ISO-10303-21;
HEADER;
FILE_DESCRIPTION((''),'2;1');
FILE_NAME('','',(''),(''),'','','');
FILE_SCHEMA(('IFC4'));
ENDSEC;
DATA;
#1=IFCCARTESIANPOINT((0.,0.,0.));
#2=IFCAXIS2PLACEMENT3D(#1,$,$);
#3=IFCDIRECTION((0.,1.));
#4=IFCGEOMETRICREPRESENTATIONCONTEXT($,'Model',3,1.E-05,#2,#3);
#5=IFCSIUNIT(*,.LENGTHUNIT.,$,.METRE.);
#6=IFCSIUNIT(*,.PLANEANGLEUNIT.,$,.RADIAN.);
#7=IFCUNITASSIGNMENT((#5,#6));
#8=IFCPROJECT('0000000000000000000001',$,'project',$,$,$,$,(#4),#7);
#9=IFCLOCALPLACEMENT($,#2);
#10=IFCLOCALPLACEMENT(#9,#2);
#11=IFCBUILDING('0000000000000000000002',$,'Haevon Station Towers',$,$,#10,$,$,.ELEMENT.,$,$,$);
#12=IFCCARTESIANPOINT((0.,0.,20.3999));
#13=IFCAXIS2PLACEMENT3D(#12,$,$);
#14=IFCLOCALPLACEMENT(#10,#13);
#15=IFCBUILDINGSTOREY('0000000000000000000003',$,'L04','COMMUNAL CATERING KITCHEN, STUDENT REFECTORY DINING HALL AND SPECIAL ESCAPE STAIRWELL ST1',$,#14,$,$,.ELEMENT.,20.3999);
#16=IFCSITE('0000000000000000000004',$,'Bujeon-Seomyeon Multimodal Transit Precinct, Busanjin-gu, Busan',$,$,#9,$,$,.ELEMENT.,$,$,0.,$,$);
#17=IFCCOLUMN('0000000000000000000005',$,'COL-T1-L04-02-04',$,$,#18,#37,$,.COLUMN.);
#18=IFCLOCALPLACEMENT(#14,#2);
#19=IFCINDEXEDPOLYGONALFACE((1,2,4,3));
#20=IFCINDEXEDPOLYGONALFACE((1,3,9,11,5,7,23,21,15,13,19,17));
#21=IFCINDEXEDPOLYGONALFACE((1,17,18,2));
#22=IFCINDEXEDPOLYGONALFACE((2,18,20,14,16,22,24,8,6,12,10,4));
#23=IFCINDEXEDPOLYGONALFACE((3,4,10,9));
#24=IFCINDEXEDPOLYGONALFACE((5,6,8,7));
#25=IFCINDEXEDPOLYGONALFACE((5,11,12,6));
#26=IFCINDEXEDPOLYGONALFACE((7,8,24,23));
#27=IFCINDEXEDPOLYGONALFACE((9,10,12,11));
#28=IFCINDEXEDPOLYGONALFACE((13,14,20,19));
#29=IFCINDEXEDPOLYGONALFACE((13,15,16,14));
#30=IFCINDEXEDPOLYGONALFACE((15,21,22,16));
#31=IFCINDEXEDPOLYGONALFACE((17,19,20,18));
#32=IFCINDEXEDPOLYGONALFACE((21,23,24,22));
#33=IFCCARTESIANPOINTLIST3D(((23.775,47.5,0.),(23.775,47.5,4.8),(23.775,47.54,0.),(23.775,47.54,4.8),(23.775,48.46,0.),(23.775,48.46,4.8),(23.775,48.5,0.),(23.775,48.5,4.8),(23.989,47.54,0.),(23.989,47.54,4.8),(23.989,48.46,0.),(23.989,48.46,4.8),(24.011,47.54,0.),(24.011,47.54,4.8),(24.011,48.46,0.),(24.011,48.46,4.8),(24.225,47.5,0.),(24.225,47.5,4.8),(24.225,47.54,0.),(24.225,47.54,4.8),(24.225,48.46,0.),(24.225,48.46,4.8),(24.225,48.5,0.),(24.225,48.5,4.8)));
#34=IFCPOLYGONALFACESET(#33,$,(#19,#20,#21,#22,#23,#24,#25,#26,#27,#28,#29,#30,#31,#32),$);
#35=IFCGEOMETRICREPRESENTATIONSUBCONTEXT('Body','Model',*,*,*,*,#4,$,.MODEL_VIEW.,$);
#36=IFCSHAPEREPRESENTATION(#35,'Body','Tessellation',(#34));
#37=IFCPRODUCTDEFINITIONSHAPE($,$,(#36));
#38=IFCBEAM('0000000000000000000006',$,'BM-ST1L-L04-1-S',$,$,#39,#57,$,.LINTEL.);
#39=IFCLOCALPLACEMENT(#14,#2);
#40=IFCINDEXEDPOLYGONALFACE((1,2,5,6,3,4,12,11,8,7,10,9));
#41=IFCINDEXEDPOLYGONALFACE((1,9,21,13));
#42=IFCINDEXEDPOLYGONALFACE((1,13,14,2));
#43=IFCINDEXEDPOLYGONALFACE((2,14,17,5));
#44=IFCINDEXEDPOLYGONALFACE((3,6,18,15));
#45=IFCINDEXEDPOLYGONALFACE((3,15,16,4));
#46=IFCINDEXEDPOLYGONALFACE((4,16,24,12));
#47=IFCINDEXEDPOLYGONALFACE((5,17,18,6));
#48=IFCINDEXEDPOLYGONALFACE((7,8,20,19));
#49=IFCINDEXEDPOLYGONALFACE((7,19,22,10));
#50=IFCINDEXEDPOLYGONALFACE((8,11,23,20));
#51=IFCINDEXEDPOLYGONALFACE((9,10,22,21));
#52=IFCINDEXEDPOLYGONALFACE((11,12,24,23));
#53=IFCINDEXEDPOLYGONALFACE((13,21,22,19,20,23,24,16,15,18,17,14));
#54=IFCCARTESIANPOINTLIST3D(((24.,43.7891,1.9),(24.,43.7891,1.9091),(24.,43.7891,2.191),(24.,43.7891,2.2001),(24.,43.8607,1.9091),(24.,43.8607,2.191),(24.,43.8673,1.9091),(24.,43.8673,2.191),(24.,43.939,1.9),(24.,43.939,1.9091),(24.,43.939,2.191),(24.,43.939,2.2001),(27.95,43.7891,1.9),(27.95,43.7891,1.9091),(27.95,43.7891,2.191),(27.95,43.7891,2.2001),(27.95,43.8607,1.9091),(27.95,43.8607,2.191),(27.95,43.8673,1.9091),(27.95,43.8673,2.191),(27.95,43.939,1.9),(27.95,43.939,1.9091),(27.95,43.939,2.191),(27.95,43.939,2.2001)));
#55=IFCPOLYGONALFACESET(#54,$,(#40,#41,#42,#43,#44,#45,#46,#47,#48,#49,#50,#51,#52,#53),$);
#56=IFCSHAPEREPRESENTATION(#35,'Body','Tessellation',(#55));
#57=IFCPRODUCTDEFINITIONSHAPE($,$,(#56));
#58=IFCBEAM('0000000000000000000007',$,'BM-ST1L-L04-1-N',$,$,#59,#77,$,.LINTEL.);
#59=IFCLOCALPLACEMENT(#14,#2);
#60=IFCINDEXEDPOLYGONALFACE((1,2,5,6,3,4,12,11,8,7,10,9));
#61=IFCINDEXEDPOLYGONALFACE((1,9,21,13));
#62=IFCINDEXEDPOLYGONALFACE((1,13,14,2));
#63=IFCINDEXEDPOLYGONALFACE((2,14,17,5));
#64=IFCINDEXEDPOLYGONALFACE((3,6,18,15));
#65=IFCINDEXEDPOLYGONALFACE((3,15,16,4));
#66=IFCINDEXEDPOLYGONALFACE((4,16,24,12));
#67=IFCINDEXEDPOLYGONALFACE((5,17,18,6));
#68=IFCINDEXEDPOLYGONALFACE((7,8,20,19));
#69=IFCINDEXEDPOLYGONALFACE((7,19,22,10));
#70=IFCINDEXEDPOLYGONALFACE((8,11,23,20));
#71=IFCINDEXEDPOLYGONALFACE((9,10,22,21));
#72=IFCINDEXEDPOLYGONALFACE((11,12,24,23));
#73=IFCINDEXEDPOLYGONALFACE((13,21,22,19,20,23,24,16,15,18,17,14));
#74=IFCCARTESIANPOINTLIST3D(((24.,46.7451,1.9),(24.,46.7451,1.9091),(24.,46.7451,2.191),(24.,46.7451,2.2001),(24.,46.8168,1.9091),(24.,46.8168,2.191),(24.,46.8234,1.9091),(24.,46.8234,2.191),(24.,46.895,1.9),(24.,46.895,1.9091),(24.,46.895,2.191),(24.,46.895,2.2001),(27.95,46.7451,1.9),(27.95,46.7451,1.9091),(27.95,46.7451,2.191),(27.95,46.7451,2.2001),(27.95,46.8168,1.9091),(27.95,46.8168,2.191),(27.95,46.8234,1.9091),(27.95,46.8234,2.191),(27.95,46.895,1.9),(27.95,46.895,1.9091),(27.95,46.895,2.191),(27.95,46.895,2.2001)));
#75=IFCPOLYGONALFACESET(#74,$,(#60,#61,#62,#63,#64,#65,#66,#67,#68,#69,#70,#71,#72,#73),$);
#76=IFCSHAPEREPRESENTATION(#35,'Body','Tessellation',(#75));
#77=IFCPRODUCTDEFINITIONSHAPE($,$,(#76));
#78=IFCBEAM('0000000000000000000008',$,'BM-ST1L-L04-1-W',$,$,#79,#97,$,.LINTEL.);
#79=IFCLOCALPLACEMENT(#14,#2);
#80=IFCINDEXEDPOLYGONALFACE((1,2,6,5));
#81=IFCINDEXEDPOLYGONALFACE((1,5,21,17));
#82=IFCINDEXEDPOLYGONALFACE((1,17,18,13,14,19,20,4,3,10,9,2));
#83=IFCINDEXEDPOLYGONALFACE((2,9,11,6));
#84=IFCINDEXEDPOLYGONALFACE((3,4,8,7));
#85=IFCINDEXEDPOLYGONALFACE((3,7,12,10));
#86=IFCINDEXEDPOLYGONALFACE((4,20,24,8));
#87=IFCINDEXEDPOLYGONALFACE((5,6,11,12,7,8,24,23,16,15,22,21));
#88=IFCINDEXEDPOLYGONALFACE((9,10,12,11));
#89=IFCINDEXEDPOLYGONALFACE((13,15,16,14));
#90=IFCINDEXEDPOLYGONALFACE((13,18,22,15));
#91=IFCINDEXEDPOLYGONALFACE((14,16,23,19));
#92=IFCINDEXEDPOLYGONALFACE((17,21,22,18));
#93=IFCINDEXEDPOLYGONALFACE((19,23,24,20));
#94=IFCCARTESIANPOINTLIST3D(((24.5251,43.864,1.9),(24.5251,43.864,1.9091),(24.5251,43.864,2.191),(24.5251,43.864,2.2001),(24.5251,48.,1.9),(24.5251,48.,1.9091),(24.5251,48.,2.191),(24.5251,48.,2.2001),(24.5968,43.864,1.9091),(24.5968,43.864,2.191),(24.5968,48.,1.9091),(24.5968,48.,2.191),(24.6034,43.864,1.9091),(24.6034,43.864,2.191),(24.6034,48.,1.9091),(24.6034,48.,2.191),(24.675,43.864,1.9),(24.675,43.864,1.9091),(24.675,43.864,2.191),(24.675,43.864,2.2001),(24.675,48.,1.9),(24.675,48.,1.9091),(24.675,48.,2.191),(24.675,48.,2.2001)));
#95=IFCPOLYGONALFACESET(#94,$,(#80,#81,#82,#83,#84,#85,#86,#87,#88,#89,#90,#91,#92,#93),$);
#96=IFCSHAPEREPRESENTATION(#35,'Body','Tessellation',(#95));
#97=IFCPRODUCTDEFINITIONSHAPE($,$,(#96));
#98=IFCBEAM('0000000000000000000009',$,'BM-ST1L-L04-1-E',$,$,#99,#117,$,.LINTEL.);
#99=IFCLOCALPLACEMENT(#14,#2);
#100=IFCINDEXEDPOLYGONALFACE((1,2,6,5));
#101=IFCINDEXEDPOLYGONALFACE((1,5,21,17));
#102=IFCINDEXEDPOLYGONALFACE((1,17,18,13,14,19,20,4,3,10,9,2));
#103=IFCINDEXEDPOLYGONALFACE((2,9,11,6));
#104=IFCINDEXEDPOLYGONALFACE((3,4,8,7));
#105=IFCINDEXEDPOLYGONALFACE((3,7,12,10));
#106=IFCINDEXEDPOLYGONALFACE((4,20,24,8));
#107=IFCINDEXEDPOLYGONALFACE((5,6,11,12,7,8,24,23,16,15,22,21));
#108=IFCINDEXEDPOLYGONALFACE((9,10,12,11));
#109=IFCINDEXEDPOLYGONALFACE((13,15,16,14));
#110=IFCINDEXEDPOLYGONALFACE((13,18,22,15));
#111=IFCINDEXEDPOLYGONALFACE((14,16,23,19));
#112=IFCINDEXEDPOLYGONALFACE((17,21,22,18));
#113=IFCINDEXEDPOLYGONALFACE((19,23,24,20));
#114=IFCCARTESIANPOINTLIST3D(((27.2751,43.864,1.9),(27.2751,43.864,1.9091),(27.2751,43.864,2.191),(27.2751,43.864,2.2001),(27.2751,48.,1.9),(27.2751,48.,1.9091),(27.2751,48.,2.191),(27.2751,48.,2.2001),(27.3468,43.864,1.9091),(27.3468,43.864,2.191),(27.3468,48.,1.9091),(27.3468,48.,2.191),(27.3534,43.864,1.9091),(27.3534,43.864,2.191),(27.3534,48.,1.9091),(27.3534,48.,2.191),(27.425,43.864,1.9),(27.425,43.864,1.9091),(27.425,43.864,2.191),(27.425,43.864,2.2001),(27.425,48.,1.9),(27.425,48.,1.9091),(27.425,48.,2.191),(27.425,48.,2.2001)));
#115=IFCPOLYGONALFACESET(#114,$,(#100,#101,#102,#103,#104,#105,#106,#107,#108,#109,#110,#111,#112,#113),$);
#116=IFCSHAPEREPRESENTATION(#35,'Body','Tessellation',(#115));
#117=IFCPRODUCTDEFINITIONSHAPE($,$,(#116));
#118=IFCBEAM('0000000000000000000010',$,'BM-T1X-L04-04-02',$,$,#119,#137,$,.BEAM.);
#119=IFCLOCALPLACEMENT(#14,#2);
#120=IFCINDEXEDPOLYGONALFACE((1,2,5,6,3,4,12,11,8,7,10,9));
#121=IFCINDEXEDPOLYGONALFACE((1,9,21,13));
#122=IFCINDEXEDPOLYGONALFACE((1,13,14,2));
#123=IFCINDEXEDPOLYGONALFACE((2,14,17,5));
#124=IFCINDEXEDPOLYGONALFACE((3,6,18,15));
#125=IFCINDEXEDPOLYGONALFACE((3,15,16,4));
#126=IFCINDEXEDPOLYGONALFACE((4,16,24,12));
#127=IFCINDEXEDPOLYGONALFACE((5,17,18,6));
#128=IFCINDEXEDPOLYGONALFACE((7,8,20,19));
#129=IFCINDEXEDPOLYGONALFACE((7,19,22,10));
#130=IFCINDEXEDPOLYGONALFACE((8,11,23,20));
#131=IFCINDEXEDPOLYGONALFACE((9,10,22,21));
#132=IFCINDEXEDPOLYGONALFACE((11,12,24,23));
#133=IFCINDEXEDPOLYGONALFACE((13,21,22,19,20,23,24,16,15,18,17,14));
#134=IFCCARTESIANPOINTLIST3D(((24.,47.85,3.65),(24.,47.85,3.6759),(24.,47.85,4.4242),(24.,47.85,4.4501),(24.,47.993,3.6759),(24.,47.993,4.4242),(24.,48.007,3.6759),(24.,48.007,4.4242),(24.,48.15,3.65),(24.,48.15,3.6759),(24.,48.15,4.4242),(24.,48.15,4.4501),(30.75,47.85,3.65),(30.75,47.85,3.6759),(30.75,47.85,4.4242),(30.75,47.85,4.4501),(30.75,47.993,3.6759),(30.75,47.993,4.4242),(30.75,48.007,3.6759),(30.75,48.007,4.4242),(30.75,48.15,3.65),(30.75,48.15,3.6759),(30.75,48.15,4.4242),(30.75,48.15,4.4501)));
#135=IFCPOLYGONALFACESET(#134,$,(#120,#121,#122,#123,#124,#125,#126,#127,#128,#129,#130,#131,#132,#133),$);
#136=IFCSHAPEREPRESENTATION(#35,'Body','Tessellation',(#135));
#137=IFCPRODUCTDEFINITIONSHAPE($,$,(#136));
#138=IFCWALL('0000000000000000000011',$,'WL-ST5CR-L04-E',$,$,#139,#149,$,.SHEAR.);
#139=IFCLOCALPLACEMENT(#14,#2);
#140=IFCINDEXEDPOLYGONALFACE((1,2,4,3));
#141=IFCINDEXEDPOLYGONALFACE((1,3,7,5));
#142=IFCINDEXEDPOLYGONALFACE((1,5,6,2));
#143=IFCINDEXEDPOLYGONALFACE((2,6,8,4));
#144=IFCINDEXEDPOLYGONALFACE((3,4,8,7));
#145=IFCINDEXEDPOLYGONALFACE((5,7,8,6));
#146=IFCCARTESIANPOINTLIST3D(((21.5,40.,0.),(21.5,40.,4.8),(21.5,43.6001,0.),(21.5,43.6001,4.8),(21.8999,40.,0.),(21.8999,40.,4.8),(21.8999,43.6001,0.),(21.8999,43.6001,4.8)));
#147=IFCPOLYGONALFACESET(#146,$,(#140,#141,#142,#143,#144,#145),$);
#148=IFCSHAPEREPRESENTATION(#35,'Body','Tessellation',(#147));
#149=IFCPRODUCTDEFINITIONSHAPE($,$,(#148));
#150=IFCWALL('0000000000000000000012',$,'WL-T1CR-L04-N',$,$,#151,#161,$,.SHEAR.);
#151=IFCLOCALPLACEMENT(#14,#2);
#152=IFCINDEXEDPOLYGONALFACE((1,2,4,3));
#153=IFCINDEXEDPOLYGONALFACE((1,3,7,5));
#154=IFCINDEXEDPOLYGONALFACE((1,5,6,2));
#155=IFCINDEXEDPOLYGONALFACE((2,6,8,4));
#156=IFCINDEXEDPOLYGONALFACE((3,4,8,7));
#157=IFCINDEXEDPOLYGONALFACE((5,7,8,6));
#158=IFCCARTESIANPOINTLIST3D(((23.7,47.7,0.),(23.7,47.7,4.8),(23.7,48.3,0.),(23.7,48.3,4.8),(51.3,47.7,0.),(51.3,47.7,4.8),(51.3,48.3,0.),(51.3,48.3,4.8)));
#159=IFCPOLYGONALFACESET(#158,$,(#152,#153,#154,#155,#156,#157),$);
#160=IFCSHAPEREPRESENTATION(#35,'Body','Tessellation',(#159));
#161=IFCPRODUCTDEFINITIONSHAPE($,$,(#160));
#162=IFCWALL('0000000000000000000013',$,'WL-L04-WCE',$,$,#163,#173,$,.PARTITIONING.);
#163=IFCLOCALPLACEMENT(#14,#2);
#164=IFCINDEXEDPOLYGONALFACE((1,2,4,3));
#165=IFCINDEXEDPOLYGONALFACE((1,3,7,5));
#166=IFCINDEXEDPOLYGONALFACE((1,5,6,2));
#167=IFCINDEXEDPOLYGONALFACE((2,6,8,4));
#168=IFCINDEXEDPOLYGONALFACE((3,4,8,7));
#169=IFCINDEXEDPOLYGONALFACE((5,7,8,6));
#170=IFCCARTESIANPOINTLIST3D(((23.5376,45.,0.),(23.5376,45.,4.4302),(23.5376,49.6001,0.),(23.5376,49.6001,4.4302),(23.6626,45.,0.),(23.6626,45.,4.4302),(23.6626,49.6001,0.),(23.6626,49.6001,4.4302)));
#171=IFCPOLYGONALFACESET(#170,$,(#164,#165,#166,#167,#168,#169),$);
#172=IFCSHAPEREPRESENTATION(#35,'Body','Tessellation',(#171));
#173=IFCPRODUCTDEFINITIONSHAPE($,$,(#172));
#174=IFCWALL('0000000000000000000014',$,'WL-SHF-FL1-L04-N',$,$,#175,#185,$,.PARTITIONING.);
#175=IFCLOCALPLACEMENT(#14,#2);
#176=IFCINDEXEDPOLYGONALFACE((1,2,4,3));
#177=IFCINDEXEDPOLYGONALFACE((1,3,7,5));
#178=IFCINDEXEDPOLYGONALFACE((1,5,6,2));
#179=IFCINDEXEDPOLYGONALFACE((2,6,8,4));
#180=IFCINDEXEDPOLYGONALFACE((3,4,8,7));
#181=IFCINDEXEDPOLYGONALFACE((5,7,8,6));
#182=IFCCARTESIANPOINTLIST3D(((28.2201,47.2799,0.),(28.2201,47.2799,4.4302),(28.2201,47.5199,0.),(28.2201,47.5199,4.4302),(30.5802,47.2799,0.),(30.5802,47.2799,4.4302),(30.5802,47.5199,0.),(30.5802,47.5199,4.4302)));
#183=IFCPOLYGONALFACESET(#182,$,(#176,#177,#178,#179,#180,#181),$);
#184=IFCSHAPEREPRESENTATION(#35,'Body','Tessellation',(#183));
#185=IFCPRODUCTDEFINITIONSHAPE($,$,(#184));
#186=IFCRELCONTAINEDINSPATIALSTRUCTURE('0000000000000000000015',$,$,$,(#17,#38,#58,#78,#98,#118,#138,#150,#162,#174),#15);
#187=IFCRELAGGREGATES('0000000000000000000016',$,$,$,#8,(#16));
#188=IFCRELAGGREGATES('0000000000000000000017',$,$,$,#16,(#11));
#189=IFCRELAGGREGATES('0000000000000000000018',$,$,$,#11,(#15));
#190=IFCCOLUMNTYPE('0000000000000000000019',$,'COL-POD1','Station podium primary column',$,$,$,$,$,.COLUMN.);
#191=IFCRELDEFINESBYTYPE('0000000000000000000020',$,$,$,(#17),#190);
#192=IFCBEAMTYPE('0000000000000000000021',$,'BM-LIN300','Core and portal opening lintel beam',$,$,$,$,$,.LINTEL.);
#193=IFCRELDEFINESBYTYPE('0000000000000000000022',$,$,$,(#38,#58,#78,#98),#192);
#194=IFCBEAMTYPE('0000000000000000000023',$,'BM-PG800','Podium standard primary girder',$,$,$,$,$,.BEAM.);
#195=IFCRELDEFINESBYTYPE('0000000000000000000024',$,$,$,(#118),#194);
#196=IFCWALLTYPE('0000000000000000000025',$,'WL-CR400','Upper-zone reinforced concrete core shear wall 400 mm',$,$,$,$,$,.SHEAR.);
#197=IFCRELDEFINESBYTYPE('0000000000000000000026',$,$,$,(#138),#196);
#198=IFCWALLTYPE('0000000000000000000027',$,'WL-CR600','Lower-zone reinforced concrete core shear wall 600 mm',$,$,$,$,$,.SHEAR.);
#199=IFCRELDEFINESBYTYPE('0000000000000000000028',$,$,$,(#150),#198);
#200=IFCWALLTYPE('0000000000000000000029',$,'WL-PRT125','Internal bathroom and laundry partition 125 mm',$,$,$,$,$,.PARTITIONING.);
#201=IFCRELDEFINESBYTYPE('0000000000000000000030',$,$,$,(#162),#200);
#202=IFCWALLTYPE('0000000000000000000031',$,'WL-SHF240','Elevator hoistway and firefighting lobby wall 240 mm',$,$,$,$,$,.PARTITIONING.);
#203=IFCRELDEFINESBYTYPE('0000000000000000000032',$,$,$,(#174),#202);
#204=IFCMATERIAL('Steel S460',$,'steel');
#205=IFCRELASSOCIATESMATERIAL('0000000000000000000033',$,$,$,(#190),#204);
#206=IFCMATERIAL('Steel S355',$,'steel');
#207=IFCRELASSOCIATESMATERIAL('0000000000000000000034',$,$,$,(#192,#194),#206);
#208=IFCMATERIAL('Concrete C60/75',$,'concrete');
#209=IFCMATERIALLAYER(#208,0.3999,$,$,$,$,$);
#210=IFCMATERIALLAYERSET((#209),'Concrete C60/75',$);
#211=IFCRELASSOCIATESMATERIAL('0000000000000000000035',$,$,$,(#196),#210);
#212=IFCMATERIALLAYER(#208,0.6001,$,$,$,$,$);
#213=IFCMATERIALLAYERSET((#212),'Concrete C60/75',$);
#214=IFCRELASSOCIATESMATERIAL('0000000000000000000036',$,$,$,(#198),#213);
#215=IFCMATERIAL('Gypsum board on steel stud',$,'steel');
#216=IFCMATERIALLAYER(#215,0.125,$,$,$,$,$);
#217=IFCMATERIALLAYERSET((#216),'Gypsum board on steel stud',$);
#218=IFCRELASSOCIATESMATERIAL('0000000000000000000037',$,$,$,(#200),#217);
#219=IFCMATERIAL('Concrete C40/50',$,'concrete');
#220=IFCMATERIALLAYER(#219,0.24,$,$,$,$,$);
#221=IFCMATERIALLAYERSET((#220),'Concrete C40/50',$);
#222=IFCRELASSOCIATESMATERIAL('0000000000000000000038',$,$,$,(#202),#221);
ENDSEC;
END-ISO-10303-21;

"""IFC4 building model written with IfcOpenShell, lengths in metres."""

from ifc_helpers import new_model, si_unit, direction, frame, frame_2d, origin, origin_2d, place, context, subcontext, project, spatial, rectangle, i_section, extrude, material, layer, layer_set, material_profile, profile_set, type_object, element, save


model = new_model("IFC4")

# Units and contexts
model_context = context("Model", 3, precision=1e-05, world=origin(), true_north=direction((0.0, 1.0)))
body_context = subcontext(model_context, "Body", "Model", "MODEL_VIEW")
ifc_project = project(units=[si_unit("LENGTHUNIT", "METRE"), si_unit("PLANEANGLEUNIT", "RADIAN")], contexts=[model_context])

# Site, building, storey
site_placement = place(None, origin())
site = spatial("IfcSite", under=ifc_project, at=site_placement, Name="Bujeon-Seomyeon Multimodal Transit Precinct, Busanjin-gu, Busan", CompositionType="ELEMENT", RefElevation=0.0)
building_placement = place(site_placement, origin())
building = spatial("IfcBuilding", under=site, at=building_placement, Name="Haevon Station Towers", CompositionType="ELEMENT")
storey_placement = place(building_placement, frame((0.0, 0.0, 20.3999)))
storey = spatial("IfcBuildingStorey", under=building, at=storey_placement, Name="L04", Description="COMMUNAL CATERING KITCHEN, STUDENT REFECTORY DINING HALL AND SPECIAL ESCAPE STAIRWELL ST1", CompositionType="ELEMENT", Elevation=20.3999)

# Column
ifc_material_1 = material(Name="Steel S460", Category="steel")
ifc_material_profile_1 = material_profile(ifc_material_1, i_section(OverallWidth=0.45, OverallDepth=1.0, WebThickness=0.022, FlangeThickness=0.04, at=origin_2d()), Name="H-1000x450x22x40")
ifc_profile_set_1 = profile_set([ifc_material_profile_1], Name="Steel S460")
column_type = type_object("IfcColumnType", Name="COL-POD1", Description="Station podium primary column", PredefinedType="COLUMN", material=ifc_profile_set_1)
column_placement = place(storey_placement, frame((24.0, 48.0, 0.0), z_axis=(0.0, 0.0, 1.0), x_axis=(1.0, 0.0, 0.0)))
element("IfcColumn", 1, at=column_placement, inside=storey, type_object=column_type, Name="COL-T1-L04-02-04", PredefinedType="COLUMN", context=body_context, shape_type="SweptSolid", body=[
    extrude(i_section(OverallWidth=0.45, OverallDepth=1.0, WebThickness=0.022, FlangeThickness=0.04, at=origin_2d()), origin(), (0.0, 0.0, 1.0), 4.8),
])

# Beams
ifc_material_2 = material(Name="Steel S355", Category="steel")
ifc_material_profile_2 = material_profile(ifc_material_2, i_section(OverallWidth=0.1499, OverallDepth=0.3, WebThickness=0.0066, FlangeThickness=0.009, at=origin_2d()), Name="H-300x150x6.5x9")
ifc_profile_set_2 = profile_set([ifc_material_profile_2], Name="Steel S355")
beam_type_1 = type_object("IfcBeamType", Name="BM-LIN300", Description="Core and portal opening lintel beam", PredefinedType="LINTEL", material=ifc_profile_set_2)
for number, where, z_axis, x_axis, name in (
    (2, (24.0, 43.864, 2.05), (1.0, 0.0, 0.0), (0.0, 1.0, 0.0), "BM-ST1L-L04-1-S"),
    (3, (24.0, 46.8201, 2.05), (1.0, 0.0, 0.0), (0.0, 1.0, 0.0), "BM-ST1L-L04-1-N"),
):
    element("IfcBeam", number, at=place(storey_placement, frame(where, z_axis=z_axis, x_axis=x_axis)), inside=storey, type_object=beam_type_1, Name=name, PredefinedType="LINTEL", context=body_context, shape_type="SweptSolid", body=[
        extrude(i_section(OverallWidth=0.1499, OverallDepth=0.3, WebThickness=0.0066, FlangeThickness=0.009, at=origin_2d()), origin(), (0.0, 0.0, 1.0), 3.95),
    ])
for number, where, z_axis, x_axis, name in (
    (4, (24.6001, 43.864, 2.05), (0.0, 1.0, 0.0), (-1.0, 0.0, 0.0), "BM-ST1L-L04-1-W"),
    (5, (27.3501, 43.864, 2.05), (0.0, 1.0, 0.0), (-1.0, 0.0, 0.0), "BM-ST1L-L04-1-E"),
):
    element("IfcBeam", number, at=place(storey_placement, frame(where, z_axis=z_axis, x_axis=x_axis)), inside=storey, type_object=beam_type_1, Name=name, PredefinedType="LINTEL", context=body_context, shape_type="SweptSolid", body=[
        extrude(i_section(OverallWidth=0.1499, OverallDepth=0.3, WebThickness=0.0066, FlangeThickness=0.009, at=origin_2d()), origin(), (0.0, 0.0, 1.0), 4.136),
    ])
ifc_material_profile_3 = material_profile(ifc_material_2, i_section(OverallWidth=0.3, OverallDepth=0.8, WebThickness=0.0139, FlangeThickness=0.0259, at=origin_2d()), Name="H-800x300x14x26")
ifc_profile_set_3 = profile_set([ifc_material_profile_3], Name="Steel S355")
beam_type_2 = type_object("IfcBeamType", Name="BM-PG800", Description="Podium standard primary girder", PredefinedType="BEAM", material=ifc_profile_set_3)
beam_placement = place(storey_placement, frame((24.0, 48.0, 4.05), z_axis=(1.0, 0.0, 0.0), x_axis=(0.0, 1.0, 0.0)))
element("IfcBeam", 6, at=beam_placement, inside=storey, type_object=beam_type_2, Name="BM-T1X-L04-04-02", PredefinedType="BEAM", context=body_context, shape_type="SweptSolid", body=[
    extrude(i_section(OverallWidth=0.3, OverallDepth=0.8, WebThickness=0.0139, FlangeThickness=0.0259, at=origin_2d()), origin(), (0.0, 0.0, 1.0), 6.75),
])

# Walls
ifc_material_3 = material(Name="Concrete C60/75", Category="concrete")
ifc_layer_1 = layer(ifc_material_3, 0.3999)
ifc_layer_set_1 = layer_set([ifc_layer_1], Name="Concrete C60/75")
wall_type_1 = type_object("IfcWallType", Name="WL-CR400", Description="Upper-zone reinforced concrete core shear wall 400 mm", PredefinedType="SHEAR", material=ifc_layer_set_1)
wall_1_placement = place(storey_placement, frame((21.7, 40.0, 0.0), z_axis=(0.0, 0.0, 1.0), x_axis=(0.0, 1.0, 0.0)))
element("IfcWall", 7, at=wall_1_placement, inside=storey, type_object=wall_type_1, Name="WL-ST5CR-L04-E", PredefinedType="SHEAR", context=body_context, shape_type="SweptSolid", body=[
    extrude(rectangle(XDim=3.6001, YDim=0.3999, at=frame_2d((1.8, 0.0))), origin(), (0.0, 0.0, 1.0), 4.8),
])
ifc_layer_2 = layer(ifc_material_3, 0.6001)
ifc_layer_set_2 = layer_set([ifc_layer_2], Name="Concrete C60/75")
wall_type_2 = type_object("IfcWallType", Name="WL-CR600", Description="Lower-zone reinforced concrete core shear wall 600 mm", PredefinedType="SHEAR", material=ifc_layer_set_2)
wall_2_placement = place(storey_placement, frame((23.7, 48.0, 0.0), z_axis=(0.0, 0.0, 1.0), x_axis=(1.0, 0.0, 0.0)))
element("IfcWall", 8, at=wall_2_placement, inside=storey, type_object=wall_type_2, Name="WL-T1CR-L04-N", PredefinedType="SHEAR", context=body_context, shape_type="SweptSolid", body=[
    extrude(rectangle(XDim=27.6001, YDim=0.6001, at=frame_2d((13.8, 0.0))), origin(), (0.0, 0.0, 1.0), 4.8),
])
ifc_material_4 = material(Name="Gypsum board on steel stud", Category="steel")
ifc_layer_3 = layer(ifc_material_4, 0.125)
ifc_layer_set_3 = layer_set([ifc_layer_3], Name="Gypsum board on steel stud")
wall_type_3 = type_object("IfcWallType", Name="WL-PRT125", Description="Internal bathroom and laundry partition 125 mm", PredefinedType="PARTITIONING", material=ifc_layer_set_3)
wall_3_placement = place(storey_placement, frame((23.6001, 45.0, 0.0), z_axis=(0.0, 0.0, 1.0), x_axis=(0.0, 1.0, 0.0)))
element("IfcWall", 9, at=wall_3_placement, inside=storey, type_object=wall_type_3, Name="WL-L04-WCE", PredefinedType="PARTITIONING", context=body_context, shape_type="SweptSolid", body=[
    extrude(rectangle(XDim=4.6001, YDim=0.125, at=frame_2d((2.3, 0.0))), origin(), (0.0, 0.0, 1.0), 4.4302),
])

# Shared definitions
ifc_material_5 = material(Name="Concrete C40/50", Category="concrete")
ifc_layer_4 = layer(ifc_material_5, 0.24)
ifc_layer_set_4 = layer_set([ifc_layer_4], Name="Concrete C40/50")
wall_type_4 = type_object("IfcWallType", Name="WL-SHF240", Description="Elevator hoistway and firefighting lobby wall 240 mm", PredefinedType="PARTITIONING", material=ifc_layer_set_4)

# Wall
wall_4_placement = place(storey_placement, frame((28.22, 47.3999, 0.0), z_axis=(0.0, 0.0, 1.0), x_axis=(1.0, 0.0, 0.0)))
element("IfcWall", 10, at=wall_4_placement, inside=storey, type_object=wall_type_4, Name="WL-SHF-FL1-L04-N", PredefinedType="PARTITIONING", context=body_context, shape_type="SweptSolid", body=[
    extrude(rectangle(XDim=2.3601, YDim=0.24, at=frame_2d((1.1802, 0.0))), origin(), (0.0, 0.0, 1.0), 4.4302),
])

save(model, "model.ifc")
